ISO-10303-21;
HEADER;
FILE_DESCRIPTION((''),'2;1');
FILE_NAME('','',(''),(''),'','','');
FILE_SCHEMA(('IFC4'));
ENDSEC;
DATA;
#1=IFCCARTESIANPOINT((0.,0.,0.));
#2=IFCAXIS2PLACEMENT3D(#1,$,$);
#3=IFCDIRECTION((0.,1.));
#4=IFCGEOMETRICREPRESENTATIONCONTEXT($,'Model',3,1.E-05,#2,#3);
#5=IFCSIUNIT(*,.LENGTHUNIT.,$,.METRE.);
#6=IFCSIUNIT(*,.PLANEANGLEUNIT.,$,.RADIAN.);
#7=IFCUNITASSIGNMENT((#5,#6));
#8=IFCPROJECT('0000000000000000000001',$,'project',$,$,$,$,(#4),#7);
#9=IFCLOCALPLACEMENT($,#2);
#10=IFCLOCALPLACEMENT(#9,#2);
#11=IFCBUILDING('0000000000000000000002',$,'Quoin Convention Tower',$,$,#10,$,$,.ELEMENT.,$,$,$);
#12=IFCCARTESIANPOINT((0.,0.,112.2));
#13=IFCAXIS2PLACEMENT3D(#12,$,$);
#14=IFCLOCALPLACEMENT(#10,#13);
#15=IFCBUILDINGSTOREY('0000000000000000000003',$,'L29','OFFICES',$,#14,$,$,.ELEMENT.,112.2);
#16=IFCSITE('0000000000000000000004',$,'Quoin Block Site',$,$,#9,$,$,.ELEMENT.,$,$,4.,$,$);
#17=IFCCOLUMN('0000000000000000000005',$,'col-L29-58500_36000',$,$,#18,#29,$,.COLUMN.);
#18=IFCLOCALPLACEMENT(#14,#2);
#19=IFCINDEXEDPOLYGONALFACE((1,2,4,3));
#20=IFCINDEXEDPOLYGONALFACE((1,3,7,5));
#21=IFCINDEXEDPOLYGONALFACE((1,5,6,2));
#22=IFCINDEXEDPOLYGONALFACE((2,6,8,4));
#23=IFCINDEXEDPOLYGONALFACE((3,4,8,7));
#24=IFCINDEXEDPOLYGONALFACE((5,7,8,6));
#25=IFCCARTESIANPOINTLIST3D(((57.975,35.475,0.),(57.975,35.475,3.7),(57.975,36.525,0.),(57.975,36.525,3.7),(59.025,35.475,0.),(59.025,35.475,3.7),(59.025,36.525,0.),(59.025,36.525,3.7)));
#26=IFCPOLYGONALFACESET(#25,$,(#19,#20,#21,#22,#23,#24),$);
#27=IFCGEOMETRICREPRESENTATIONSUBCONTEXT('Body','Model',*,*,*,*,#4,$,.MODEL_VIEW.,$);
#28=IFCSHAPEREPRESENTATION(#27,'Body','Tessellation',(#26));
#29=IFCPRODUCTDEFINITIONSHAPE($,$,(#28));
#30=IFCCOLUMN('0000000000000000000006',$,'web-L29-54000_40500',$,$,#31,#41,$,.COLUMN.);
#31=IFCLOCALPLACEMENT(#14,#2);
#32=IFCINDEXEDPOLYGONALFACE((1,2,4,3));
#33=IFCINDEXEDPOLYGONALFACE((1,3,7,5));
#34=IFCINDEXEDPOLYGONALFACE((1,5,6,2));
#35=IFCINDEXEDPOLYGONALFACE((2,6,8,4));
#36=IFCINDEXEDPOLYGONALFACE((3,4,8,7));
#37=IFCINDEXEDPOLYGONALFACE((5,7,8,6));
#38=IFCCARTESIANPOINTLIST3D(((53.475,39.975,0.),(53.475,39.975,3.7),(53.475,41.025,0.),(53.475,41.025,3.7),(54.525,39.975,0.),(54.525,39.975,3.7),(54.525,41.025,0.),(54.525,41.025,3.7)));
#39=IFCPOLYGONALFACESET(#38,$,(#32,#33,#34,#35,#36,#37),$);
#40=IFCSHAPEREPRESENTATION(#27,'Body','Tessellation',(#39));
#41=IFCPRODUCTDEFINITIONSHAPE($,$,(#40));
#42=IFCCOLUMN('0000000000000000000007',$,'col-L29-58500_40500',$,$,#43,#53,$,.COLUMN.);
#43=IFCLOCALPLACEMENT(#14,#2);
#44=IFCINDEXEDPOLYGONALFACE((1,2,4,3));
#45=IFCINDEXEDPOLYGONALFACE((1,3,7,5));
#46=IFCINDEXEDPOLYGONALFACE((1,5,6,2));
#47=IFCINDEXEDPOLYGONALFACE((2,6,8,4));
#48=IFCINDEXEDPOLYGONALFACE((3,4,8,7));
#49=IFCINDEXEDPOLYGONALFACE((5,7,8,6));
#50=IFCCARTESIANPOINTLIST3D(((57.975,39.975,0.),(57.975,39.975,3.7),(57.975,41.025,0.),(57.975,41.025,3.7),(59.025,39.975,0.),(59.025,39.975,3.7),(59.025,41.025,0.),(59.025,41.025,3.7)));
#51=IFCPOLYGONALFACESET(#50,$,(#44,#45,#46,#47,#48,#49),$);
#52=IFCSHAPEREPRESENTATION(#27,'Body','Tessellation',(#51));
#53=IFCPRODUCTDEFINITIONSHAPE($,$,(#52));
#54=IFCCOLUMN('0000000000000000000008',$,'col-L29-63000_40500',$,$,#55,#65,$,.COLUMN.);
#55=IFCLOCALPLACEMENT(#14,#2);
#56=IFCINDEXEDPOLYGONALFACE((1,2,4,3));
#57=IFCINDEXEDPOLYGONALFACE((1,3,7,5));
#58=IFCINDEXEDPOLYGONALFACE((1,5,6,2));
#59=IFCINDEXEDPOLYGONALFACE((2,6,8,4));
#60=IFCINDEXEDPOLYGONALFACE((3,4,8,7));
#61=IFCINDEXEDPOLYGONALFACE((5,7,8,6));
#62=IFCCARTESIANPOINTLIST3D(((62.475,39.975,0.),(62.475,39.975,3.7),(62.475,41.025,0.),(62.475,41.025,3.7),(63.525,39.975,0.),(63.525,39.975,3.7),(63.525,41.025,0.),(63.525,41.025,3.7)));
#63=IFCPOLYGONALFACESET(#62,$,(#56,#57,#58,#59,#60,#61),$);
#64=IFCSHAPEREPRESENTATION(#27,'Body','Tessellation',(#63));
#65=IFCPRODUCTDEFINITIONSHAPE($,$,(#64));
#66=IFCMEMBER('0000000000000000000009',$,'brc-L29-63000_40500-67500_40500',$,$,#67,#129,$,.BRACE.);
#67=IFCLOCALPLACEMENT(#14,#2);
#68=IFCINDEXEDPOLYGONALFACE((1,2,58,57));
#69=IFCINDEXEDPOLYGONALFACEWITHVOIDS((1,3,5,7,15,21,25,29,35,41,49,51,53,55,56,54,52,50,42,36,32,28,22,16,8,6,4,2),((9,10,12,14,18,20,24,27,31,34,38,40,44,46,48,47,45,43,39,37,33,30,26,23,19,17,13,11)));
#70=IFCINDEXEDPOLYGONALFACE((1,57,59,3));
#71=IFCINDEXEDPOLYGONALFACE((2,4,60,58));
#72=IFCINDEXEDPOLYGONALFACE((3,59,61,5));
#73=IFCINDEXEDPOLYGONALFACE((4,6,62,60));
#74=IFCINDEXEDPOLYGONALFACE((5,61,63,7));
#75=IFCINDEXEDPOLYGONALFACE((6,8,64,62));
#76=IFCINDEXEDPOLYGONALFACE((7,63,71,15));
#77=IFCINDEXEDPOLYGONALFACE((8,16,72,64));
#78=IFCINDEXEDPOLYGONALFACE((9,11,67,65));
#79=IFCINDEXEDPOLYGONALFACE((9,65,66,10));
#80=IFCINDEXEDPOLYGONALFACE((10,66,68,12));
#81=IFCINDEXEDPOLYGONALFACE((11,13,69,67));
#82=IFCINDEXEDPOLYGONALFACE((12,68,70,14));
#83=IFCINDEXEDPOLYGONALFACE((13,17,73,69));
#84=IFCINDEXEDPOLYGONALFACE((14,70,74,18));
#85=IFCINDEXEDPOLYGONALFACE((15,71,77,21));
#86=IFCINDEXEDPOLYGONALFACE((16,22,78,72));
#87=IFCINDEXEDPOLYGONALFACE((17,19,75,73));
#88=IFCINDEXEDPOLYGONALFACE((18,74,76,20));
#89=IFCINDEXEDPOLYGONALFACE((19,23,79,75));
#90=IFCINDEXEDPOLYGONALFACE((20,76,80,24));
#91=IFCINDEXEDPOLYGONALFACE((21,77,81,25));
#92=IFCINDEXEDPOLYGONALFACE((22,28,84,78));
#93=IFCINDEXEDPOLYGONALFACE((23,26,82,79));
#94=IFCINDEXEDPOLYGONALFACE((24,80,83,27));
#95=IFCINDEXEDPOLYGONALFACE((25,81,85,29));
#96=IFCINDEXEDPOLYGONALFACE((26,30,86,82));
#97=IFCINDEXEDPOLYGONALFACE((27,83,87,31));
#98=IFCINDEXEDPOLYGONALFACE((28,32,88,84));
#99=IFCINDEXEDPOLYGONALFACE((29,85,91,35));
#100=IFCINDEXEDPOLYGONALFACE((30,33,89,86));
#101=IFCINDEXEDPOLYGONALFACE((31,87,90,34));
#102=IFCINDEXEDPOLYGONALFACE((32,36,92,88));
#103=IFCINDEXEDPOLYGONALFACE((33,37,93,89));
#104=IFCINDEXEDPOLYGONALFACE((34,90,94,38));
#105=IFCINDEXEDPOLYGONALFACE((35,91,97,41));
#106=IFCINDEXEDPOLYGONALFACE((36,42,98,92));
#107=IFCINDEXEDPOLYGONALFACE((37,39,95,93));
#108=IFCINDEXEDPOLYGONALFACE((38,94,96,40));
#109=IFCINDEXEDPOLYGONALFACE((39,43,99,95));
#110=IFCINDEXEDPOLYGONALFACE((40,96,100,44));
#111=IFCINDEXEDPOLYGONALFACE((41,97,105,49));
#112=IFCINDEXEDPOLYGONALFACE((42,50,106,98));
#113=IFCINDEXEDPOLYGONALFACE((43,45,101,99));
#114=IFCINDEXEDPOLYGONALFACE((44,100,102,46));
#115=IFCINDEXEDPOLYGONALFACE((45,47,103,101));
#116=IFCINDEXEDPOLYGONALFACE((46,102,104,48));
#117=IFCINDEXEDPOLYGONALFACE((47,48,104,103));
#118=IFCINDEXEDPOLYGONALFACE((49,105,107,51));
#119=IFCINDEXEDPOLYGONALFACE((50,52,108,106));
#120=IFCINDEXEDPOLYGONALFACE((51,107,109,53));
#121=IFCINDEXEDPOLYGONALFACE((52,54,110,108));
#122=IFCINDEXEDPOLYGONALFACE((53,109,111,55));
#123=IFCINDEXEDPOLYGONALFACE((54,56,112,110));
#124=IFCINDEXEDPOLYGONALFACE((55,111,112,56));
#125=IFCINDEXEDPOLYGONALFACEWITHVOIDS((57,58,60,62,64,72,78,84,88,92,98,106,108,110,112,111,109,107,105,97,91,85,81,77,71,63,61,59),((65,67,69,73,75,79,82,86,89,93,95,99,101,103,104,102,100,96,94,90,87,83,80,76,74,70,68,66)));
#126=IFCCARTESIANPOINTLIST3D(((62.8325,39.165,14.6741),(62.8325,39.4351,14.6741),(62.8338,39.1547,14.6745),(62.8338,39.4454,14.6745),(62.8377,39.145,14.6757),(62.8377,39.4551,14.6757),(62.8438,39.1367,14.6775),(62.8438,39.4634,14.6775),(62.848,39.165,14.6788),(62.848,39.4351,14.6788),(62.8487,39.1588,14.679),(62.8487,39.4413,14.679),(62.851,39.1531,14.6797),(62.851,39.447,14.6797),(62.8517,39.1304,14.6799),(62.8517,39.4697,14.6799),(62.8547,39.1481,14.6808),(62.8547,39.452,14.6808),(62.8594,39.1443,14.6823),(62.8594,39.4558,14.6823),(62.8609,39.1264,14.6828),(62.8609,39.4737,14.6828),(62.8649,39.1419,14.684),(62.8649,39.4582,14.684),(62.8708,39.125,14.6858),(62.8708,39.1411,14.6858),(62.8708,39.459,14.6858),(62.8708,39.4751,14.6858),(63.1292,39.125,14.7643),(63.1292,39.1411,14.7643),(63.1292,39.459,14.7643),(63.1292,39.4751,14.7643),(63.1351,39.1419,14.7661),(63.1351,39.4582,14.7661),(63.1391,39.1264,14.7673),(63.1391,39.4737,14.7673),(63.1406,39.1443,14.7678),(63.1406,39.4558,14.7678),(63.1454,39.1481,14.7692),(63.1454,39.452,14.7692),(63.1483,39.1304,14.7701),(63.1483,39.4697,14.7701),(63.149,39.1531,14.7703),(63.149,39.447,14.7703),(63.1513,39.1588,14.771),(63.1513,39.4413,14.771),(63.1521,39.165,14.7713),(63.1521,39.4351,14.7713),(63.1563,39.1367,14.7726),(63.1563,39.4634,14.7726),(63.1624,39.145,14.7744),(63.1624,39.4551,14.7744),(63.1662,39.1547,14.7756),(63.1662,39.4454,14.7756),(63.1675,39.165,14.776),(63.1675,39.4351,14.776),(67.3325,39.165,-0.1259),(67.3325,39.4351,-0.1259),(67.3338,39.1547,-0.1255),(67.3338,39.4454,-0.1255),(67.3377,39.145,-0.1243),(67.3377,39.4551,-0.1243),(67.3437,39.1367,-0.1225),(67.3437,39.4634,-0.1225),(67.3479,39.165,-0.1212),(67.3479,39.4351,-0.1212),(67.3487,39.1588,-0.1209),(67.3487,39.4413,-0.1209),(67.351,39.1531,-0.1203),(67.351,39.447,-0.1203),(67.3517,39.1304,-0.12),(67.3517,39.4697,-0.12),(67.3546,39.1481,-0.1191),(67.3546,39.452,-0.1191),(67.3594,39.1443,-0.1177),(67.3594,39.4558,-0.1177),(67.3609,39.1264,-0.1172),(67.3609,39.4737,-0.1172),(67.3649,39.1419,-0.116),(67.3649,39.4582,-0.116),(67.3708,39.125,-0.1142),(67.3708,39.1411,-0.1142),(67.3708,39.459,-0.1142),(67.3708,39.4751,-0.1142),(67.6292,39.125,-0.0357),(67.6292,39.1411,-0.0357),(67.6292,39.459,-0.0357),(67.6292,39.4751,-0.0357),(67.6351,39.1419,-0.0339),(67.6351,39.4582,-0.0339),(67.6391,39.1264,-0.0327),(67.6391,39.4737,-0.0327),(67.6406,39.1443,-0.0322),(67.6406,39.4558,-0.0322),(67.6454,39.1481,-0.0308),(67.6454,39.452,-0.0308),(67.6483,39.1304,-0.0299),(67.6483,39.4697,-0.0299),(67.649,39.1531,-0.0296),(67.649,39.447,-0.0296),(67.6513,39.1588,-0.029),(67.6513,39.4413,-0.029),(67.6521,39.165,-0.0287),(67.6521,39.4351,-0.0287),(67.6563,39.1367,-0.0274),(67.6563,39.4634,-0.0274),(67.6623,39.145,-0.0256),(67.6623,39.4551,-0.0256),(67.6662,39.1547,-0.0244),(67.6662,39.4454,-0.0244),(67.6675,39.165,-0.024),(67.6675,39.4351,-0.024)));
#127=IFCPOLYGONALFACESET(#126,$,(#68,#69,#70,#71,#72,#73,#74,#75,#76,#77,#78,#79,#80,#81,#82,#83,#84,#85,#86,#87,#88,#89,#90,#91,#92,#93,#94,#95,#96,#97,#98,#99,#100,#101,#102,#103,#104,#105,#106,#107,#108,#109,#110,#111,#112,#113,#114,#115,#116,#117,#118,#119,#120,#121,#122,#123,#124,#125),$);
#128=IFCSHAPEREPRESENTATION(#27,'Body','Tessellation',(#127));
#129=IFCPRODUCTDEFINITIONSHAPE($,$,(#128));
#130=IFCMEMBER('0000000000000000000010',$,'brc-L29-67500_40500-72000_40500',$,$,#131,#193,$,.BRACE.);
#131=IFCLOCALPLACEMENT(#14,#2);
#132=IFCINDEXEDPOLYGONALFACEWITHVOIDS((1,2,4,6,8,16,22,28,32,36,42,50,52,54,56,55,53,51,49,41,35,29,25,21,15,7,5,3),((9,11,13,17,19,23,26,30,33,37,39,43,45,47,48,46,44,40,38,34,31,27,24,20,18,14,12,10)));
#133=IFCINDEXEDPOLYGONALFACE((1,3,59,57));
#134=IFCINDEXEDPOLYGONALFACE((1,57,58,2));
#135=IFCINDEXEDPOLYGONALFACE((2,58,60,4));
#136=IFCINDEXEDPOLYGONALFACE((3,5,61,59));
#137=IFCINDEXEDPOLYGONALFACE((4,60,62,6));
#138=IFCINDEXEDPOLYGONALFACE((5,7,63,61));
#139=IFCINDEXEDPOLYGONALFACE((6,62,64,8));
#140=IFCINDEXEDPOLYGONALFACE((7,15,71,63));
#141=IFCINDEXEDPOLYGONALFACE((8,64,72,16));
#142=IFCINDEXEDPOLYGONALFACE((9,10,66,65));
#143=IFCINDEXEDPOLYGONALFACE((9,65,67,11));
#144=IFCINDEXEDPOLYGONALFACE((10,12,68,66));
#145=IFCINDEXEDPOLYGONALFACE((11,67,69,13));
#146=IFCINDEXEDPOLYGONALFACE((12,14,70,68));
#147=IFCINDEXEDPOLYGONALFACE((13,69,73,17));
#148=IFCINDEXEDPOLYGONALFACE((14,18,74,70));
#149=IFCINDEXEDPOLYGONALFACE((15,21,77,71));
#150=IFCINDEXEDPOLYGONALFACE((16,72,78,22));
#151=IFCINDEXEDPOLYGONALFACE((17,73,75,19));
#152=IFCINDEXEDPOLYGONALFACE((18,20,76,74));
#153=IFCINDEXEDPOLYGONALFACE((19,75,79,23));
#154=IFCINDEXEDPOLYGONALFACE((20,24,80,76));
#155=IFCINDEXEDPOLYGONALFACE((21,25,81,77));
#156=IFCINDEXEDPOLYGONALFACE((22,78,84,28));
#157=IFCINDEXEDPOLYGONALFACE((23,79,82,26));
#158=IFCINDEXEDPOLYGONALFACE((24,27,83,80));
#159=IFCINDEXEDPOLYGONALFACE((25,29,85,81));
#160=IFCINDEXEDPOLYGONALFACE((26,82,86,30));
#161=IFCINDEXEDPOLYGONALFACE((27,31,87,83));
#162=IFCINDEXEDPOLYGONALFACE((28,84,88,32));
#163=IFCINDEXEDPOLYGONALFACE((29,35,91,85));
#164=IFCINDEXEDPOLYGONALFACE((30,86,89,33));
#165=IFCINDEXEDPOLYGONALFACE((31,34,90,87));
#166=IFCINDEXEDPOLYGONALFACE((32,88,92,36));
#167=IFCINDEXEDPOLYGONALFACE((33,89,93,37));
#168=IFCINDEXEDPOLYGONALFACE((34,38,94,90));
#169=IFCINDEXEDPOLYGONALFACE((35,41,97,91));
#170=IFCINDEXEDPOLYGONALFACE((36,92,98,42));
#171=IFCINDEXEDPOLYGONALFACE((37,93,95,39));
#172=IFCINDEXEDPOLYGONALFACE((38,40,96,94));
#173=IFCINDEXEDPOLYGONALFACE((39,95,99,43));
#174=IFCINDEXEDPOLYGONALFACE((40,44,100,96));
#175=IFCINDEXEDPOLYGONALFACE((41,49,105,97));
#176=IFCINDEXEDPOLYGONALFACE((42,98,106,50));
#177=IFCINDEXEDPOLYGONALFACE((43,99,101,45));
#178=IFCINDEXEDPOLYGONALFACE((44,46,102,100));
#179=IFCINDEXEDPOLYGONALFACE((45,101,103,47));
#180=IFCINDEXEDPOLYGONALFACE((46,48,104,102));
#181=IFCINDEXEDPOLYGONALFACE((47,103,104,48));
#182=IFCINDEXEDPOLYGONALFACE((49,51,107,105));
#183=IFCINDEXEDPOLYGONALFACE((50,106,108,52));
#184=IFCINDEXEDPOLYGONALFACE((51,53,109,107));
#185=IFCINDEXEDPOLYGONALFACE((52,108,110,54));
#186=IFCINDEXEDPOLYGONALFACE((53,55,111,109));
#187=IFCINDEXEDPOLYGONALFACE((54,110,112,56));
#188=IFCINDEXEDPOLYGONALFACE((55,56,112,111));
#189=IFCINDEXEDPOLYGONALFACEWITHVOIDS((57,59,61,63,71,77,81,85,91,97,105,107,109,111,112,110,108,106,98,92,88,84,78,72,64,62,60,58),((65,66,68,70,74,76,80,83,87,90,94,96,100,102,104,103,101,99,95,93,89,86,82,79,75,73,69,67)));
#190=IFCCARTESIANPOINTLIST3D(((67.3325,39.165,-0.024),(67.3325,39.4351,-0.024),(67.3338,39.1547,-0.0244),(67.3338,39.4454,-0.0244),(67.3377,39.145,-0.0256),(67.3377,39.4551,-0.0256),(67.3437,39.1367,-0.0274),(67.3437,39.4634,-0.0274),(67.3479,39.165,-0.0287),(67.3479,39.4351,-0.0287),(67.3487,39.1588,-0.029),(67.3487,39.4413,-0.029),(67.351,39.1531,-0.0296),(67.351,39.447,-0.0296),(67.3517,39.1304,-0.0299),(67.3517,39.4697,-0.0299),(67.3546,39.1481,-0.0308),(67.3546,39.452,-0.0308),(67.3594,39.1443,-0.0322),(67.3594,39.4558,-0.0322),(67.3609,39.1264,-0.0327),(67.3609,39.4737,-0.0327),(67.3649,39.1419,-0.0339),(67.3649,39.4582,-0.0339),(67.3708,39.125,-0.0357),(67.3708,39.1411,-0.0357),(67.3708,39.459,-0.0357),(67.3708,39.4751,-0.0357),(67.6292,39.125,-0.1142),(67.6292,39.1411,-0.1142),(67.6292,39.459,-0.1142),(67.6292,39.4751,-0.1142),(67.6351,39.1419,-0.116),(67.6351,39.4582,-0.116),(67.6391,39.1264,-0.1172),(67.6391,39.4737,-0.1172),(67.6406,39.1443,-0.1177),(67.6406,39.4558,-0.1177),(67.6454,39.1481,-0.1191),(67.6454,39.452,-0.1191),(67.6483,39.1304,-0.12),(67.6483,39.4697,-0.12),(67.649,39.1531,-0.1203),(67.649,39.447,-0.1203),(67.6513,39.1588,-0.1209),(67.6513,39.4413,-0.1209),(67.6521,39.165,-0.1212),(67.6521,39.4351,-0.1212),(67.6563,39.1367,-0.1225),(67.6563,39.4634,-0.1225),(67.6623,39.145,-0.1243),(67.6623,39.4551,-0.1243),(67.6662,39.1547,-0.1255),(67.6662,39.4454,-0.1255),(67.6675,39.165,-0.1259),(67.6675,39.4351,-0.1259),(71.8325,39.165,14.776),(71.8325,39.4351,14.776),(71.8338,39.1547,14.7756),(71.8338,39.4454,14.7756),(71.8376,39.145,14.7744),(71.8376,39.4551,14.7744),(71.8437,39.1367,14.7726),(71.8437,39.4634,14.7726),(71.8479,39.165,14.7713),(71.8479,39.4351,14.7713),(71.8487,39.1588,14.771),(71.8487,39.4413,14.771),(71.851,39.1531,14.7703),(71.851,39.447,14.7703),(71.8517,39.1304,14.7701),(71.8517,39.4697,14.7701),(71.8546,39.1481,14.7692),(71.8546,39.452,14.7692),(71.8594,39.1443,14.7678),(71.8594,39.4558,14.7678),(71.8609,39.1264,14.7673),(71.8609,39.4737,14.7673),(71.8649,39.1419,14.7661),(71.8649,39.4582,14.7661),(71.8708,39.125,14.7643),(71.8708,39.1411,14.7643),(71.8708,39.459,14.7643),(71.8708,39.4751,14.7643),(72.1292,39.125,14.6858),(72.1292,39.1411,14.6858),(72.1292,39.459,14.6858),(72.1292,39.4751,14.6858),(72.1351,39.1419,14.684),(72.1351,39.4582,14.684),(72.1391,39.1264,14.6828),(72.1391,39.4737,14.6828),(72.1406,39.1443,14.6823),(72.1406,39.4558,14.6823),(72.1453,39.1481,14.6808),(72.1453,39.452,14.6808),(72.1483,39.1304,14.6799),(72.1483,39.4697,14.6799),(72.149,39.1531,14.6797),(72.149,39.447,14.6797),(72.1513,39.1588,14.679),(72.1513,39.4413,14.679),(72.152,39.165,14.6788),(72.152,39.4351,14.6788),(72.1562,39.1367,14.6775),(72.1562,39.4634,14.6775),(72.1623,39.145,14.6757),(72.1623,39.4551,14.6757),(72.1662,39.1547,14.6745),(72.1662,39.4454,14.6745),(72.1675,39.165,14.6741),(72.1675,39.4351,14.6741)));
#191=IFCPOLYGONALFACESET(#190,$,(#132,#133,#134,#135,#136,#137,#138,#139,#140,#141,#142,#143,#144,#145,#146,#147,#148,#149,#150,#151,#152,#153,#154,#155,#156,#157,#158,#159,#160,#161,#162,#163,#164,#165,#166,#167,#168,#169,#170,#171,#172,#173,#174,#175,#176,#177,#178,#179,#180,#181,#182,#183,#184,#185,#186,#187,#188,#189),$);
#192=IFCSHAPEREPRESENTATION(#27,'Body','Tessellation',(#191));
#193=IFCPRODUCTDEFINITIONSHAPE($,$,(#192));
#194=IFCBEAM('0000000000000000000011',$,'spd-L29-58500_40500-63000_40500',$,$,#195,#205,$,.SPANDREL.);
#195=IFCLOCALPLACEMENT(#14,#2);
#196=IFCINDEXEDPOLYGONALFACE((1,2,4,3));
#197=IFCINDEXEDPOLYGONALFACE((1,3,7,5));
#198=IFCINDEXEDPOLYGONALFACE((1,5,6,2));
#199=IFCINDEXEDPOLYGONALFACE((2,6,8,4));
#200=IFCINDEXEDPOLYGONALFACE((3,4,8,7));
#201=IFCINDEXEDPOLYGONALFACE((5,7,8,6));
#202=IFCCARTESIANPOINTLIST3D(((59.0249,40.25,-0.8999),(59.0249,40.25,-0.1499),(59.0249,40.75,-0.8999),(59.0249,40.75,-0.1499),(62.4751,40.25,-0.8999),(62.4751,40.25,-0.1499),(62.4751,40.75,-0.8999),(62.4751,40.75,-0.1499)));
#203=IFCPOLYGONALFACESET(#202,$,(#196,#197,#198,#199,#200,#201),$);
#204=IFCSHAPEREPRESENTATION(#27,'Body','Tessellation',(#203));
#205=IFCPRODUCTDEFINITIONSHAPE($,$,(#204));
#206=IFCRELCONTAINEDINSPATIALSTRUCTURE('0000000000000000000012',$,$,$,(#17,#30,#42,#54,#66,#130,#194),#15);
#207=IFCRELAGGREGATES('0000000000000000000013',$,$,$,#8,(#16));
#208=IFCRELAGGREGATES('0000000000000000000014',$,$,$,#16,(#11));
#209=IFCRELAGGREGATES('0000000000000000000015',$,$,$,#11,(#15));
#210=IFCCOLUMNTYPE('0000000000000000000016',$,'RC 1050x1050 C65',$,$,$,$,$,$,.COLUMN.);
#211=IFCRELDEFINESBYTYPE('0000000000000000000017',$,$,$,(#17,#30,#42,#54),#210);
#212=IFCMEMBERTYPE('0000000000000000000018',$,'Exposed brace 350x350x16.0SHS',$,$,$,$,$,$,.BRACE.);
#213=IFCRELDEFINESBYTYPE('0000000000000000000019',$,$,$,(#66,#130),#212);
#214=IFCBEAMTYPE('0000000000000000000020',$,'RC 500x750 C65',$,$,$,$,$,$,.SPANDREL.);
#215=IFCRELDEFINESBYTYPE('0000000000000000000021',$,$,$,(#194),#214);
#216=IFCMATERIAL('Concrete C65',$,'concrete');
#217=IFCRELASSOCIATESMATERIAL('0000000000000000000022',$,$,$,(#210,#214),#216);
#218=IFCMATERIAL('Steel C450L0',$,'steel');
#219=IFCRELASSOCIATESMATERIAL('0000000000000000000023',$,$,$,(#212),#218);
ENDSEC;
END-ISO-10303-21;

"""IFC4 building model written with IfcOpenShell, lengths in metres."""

from ifc_helpers import new_model, si_unit, direction, frame, origin, origin_2d, place, context, subcontext, project, spatial, rectangle, hollow_rectangle, extrude, material, material_profile, profile_set, type_object, element, save


model = new_model("IFC4")

# Units and contexts
model_context = context("Model", 3, precision=1e-05, world=origin(), true_north=direction((0.0, 1.0)))
body_context = subcontext(model_context, "Body", "Model", "MODEL_VIEW")
ifc_project = project(units=[si_unit("LENGTHUNIT", "METRE"), si_unit("PLANEANGLEUNIT", "RADIAN")], contexts=[model_context])

# Site, building, storey
site_placement = place(None, origin())
site = spatial("IfcSite", under=ifc_project, at=site_placement, Name="Quoin Block Site", CompositionType="ELEMENT", RefElevation=4.0)
building_placement = place(site_placement, origin())
building = spatial("IfcBuilding", under=site, at=building_placement, Name="Quoin Convention Tower", CompositionType="ELEMENT")
storey_placement = place(building_placement, frame((0.0, 0.0, 112.2)))
storey = spatial("IfcBuildingStorey", under=building, at=storey_placement, Name="L29", Description="OFFICES", CompositionType="ELEMENT", Elevation=112.2)

# Columns
ifc_material_1 = material(Name="Concrete C65", Category="concrete")
ifc_material_profile_1 = material_profile(ifc_material_1, rectangle(XDim=1.05, YDim=1.05, at=origin_2d()), Name="RC 1050x1050")
ifc_profile_set_1 = profile_set([ifc_material_profile_1], Name="Concrete C65")
column_type = type_object("IfcColumnType", Name="RC 1050x1050 C65", PredefinedType="COLUMN", material=ifc_profile_set_1)
for number, where, z_axis, x_axis, name in (
    (1, (58.5, 36.0, 0.0), (0.0, 0.0, 1.0), (1.0, 0.0, 0.0), "col-L29-58500_36000"),
    (2, (54.0, 40.5, 0.0), (0.0, 0.0, 1.0), (1.0, 0.0, 0.0), "web-L29-54000_40500"),
    (3, (58.5, 40.5, 0.0), (0.0, 0.0, 1.0), (1.0, 0.0, 0.0), "col-L29-58500_40500"),
    (4, (63.0, 40.5, 0.0), (0.0, 0.0, 1.0), (1.0, 0.0, 0.0), "col-L29-63000_40500"),
):
    element("IfcColumn", number, at=place(storey_placement, frame(where, z_axis=z_axis, x_axis=x_axis)), inside=storey, type_object=column_type, Name=name, PredefinedType="COLUMN", context=body_context, shape_type="SweptSolid", body=[
        extrude(rectangle(XDim=1.05, YDim=1.05, at=origin_2d()), origin(), (0.0, 0.0, 1.0), 3.7),
    ])

# Members
ifc_material_2 = material(Name="Steel C450L0", Category="steel")
ifc_material_profile_2 = material_profile(ifc_material_2, hollow_rectangle(XDim=0.3501, YDim=0.3501, WallThickness=0.0161, InnerFilletRadius=0.0239, OuterFilletRadius=0.04, at=origin_2d()), Name="350x350x16.0SHS")
ifc_profile_set_2 = profile_set([ifc_material_profile_2], Name="Steel C450L0")
member_type = type_object("IfcMemberType", Name="Exposed brace 350x350x16.0SHS", PredefinedType="BRACE", material=ifc_profile_set_2)
for number, where, z_axis, x_axis, name in (
    (5, (67.5, 39.3, -0.075), (-0.290903, 0.0, 0.956752), (0.0, -1.0, 0.0), "brc-L29-63000_40500-67500_40500"),
    (6, (67.5, 39.3, -0.075), (0.290903, 0.0, 0.956752), (0.0, 1.0, 0.0), "brc-L29-67500_40500-72000_40500"),
):
    element("IfcMember", number, at=place(storey_placement, frame(where, z_axis=z_axis, x_axis=x_axis)), inside=storey, type_object=member_type, Name=name, PredefinedType="BRACE", context=body_context, shape_type="SweptSolid", body=[
        extrude(hollow_rectangle(XDim=0.3501, YDim=0.3501, WallThickness=0.0161, InnerFilletRadius=0.0239, OuterFilletRadius=0.04, at=origin_2d()), origin(), (0.0, 0.0, 1.0), 15.469),
    ])

# Beam
ifc_material_profile_3 = material_profile(ifc_material_1, rectangle(XDim=0.5, YDim=0.75, at=origin_2d()), Name="RC 500x750")
ifc_profile_set_3 = profile_set([ifc_material_profile_3], Name="Concrete C65")
beam_type = type_object("IfcBeamType", Name="RC 500x750 C65", PredefinedType="SPANDREL", material=ifc_profile_set_3)
for number, where, z_axis, x_axis, name in (
    (7, (59.0249, 40.5, -0.5249), (1.0, 0.0, 0.0), (0.0, 1.0, 0.0), "spd-L29-58500_40500-63000_40500"),
):
    element("IfcBeam", number, at=place(storey_placement, frame(where, z_axis=z_axis, x_axis=x_axis)), inside=storey, type_object=beam_type, Name=name, PredefinedType="SPANDREL", context=body_context, shape_type="SweptSolid", body=[
        extrude(rectangle(XDim=0.5, YDim=0.75, at=origin_2d()), origin(), (0.0, 0.0, 1.0), 3.4502),
    ])

save(model, "model.ifc")
